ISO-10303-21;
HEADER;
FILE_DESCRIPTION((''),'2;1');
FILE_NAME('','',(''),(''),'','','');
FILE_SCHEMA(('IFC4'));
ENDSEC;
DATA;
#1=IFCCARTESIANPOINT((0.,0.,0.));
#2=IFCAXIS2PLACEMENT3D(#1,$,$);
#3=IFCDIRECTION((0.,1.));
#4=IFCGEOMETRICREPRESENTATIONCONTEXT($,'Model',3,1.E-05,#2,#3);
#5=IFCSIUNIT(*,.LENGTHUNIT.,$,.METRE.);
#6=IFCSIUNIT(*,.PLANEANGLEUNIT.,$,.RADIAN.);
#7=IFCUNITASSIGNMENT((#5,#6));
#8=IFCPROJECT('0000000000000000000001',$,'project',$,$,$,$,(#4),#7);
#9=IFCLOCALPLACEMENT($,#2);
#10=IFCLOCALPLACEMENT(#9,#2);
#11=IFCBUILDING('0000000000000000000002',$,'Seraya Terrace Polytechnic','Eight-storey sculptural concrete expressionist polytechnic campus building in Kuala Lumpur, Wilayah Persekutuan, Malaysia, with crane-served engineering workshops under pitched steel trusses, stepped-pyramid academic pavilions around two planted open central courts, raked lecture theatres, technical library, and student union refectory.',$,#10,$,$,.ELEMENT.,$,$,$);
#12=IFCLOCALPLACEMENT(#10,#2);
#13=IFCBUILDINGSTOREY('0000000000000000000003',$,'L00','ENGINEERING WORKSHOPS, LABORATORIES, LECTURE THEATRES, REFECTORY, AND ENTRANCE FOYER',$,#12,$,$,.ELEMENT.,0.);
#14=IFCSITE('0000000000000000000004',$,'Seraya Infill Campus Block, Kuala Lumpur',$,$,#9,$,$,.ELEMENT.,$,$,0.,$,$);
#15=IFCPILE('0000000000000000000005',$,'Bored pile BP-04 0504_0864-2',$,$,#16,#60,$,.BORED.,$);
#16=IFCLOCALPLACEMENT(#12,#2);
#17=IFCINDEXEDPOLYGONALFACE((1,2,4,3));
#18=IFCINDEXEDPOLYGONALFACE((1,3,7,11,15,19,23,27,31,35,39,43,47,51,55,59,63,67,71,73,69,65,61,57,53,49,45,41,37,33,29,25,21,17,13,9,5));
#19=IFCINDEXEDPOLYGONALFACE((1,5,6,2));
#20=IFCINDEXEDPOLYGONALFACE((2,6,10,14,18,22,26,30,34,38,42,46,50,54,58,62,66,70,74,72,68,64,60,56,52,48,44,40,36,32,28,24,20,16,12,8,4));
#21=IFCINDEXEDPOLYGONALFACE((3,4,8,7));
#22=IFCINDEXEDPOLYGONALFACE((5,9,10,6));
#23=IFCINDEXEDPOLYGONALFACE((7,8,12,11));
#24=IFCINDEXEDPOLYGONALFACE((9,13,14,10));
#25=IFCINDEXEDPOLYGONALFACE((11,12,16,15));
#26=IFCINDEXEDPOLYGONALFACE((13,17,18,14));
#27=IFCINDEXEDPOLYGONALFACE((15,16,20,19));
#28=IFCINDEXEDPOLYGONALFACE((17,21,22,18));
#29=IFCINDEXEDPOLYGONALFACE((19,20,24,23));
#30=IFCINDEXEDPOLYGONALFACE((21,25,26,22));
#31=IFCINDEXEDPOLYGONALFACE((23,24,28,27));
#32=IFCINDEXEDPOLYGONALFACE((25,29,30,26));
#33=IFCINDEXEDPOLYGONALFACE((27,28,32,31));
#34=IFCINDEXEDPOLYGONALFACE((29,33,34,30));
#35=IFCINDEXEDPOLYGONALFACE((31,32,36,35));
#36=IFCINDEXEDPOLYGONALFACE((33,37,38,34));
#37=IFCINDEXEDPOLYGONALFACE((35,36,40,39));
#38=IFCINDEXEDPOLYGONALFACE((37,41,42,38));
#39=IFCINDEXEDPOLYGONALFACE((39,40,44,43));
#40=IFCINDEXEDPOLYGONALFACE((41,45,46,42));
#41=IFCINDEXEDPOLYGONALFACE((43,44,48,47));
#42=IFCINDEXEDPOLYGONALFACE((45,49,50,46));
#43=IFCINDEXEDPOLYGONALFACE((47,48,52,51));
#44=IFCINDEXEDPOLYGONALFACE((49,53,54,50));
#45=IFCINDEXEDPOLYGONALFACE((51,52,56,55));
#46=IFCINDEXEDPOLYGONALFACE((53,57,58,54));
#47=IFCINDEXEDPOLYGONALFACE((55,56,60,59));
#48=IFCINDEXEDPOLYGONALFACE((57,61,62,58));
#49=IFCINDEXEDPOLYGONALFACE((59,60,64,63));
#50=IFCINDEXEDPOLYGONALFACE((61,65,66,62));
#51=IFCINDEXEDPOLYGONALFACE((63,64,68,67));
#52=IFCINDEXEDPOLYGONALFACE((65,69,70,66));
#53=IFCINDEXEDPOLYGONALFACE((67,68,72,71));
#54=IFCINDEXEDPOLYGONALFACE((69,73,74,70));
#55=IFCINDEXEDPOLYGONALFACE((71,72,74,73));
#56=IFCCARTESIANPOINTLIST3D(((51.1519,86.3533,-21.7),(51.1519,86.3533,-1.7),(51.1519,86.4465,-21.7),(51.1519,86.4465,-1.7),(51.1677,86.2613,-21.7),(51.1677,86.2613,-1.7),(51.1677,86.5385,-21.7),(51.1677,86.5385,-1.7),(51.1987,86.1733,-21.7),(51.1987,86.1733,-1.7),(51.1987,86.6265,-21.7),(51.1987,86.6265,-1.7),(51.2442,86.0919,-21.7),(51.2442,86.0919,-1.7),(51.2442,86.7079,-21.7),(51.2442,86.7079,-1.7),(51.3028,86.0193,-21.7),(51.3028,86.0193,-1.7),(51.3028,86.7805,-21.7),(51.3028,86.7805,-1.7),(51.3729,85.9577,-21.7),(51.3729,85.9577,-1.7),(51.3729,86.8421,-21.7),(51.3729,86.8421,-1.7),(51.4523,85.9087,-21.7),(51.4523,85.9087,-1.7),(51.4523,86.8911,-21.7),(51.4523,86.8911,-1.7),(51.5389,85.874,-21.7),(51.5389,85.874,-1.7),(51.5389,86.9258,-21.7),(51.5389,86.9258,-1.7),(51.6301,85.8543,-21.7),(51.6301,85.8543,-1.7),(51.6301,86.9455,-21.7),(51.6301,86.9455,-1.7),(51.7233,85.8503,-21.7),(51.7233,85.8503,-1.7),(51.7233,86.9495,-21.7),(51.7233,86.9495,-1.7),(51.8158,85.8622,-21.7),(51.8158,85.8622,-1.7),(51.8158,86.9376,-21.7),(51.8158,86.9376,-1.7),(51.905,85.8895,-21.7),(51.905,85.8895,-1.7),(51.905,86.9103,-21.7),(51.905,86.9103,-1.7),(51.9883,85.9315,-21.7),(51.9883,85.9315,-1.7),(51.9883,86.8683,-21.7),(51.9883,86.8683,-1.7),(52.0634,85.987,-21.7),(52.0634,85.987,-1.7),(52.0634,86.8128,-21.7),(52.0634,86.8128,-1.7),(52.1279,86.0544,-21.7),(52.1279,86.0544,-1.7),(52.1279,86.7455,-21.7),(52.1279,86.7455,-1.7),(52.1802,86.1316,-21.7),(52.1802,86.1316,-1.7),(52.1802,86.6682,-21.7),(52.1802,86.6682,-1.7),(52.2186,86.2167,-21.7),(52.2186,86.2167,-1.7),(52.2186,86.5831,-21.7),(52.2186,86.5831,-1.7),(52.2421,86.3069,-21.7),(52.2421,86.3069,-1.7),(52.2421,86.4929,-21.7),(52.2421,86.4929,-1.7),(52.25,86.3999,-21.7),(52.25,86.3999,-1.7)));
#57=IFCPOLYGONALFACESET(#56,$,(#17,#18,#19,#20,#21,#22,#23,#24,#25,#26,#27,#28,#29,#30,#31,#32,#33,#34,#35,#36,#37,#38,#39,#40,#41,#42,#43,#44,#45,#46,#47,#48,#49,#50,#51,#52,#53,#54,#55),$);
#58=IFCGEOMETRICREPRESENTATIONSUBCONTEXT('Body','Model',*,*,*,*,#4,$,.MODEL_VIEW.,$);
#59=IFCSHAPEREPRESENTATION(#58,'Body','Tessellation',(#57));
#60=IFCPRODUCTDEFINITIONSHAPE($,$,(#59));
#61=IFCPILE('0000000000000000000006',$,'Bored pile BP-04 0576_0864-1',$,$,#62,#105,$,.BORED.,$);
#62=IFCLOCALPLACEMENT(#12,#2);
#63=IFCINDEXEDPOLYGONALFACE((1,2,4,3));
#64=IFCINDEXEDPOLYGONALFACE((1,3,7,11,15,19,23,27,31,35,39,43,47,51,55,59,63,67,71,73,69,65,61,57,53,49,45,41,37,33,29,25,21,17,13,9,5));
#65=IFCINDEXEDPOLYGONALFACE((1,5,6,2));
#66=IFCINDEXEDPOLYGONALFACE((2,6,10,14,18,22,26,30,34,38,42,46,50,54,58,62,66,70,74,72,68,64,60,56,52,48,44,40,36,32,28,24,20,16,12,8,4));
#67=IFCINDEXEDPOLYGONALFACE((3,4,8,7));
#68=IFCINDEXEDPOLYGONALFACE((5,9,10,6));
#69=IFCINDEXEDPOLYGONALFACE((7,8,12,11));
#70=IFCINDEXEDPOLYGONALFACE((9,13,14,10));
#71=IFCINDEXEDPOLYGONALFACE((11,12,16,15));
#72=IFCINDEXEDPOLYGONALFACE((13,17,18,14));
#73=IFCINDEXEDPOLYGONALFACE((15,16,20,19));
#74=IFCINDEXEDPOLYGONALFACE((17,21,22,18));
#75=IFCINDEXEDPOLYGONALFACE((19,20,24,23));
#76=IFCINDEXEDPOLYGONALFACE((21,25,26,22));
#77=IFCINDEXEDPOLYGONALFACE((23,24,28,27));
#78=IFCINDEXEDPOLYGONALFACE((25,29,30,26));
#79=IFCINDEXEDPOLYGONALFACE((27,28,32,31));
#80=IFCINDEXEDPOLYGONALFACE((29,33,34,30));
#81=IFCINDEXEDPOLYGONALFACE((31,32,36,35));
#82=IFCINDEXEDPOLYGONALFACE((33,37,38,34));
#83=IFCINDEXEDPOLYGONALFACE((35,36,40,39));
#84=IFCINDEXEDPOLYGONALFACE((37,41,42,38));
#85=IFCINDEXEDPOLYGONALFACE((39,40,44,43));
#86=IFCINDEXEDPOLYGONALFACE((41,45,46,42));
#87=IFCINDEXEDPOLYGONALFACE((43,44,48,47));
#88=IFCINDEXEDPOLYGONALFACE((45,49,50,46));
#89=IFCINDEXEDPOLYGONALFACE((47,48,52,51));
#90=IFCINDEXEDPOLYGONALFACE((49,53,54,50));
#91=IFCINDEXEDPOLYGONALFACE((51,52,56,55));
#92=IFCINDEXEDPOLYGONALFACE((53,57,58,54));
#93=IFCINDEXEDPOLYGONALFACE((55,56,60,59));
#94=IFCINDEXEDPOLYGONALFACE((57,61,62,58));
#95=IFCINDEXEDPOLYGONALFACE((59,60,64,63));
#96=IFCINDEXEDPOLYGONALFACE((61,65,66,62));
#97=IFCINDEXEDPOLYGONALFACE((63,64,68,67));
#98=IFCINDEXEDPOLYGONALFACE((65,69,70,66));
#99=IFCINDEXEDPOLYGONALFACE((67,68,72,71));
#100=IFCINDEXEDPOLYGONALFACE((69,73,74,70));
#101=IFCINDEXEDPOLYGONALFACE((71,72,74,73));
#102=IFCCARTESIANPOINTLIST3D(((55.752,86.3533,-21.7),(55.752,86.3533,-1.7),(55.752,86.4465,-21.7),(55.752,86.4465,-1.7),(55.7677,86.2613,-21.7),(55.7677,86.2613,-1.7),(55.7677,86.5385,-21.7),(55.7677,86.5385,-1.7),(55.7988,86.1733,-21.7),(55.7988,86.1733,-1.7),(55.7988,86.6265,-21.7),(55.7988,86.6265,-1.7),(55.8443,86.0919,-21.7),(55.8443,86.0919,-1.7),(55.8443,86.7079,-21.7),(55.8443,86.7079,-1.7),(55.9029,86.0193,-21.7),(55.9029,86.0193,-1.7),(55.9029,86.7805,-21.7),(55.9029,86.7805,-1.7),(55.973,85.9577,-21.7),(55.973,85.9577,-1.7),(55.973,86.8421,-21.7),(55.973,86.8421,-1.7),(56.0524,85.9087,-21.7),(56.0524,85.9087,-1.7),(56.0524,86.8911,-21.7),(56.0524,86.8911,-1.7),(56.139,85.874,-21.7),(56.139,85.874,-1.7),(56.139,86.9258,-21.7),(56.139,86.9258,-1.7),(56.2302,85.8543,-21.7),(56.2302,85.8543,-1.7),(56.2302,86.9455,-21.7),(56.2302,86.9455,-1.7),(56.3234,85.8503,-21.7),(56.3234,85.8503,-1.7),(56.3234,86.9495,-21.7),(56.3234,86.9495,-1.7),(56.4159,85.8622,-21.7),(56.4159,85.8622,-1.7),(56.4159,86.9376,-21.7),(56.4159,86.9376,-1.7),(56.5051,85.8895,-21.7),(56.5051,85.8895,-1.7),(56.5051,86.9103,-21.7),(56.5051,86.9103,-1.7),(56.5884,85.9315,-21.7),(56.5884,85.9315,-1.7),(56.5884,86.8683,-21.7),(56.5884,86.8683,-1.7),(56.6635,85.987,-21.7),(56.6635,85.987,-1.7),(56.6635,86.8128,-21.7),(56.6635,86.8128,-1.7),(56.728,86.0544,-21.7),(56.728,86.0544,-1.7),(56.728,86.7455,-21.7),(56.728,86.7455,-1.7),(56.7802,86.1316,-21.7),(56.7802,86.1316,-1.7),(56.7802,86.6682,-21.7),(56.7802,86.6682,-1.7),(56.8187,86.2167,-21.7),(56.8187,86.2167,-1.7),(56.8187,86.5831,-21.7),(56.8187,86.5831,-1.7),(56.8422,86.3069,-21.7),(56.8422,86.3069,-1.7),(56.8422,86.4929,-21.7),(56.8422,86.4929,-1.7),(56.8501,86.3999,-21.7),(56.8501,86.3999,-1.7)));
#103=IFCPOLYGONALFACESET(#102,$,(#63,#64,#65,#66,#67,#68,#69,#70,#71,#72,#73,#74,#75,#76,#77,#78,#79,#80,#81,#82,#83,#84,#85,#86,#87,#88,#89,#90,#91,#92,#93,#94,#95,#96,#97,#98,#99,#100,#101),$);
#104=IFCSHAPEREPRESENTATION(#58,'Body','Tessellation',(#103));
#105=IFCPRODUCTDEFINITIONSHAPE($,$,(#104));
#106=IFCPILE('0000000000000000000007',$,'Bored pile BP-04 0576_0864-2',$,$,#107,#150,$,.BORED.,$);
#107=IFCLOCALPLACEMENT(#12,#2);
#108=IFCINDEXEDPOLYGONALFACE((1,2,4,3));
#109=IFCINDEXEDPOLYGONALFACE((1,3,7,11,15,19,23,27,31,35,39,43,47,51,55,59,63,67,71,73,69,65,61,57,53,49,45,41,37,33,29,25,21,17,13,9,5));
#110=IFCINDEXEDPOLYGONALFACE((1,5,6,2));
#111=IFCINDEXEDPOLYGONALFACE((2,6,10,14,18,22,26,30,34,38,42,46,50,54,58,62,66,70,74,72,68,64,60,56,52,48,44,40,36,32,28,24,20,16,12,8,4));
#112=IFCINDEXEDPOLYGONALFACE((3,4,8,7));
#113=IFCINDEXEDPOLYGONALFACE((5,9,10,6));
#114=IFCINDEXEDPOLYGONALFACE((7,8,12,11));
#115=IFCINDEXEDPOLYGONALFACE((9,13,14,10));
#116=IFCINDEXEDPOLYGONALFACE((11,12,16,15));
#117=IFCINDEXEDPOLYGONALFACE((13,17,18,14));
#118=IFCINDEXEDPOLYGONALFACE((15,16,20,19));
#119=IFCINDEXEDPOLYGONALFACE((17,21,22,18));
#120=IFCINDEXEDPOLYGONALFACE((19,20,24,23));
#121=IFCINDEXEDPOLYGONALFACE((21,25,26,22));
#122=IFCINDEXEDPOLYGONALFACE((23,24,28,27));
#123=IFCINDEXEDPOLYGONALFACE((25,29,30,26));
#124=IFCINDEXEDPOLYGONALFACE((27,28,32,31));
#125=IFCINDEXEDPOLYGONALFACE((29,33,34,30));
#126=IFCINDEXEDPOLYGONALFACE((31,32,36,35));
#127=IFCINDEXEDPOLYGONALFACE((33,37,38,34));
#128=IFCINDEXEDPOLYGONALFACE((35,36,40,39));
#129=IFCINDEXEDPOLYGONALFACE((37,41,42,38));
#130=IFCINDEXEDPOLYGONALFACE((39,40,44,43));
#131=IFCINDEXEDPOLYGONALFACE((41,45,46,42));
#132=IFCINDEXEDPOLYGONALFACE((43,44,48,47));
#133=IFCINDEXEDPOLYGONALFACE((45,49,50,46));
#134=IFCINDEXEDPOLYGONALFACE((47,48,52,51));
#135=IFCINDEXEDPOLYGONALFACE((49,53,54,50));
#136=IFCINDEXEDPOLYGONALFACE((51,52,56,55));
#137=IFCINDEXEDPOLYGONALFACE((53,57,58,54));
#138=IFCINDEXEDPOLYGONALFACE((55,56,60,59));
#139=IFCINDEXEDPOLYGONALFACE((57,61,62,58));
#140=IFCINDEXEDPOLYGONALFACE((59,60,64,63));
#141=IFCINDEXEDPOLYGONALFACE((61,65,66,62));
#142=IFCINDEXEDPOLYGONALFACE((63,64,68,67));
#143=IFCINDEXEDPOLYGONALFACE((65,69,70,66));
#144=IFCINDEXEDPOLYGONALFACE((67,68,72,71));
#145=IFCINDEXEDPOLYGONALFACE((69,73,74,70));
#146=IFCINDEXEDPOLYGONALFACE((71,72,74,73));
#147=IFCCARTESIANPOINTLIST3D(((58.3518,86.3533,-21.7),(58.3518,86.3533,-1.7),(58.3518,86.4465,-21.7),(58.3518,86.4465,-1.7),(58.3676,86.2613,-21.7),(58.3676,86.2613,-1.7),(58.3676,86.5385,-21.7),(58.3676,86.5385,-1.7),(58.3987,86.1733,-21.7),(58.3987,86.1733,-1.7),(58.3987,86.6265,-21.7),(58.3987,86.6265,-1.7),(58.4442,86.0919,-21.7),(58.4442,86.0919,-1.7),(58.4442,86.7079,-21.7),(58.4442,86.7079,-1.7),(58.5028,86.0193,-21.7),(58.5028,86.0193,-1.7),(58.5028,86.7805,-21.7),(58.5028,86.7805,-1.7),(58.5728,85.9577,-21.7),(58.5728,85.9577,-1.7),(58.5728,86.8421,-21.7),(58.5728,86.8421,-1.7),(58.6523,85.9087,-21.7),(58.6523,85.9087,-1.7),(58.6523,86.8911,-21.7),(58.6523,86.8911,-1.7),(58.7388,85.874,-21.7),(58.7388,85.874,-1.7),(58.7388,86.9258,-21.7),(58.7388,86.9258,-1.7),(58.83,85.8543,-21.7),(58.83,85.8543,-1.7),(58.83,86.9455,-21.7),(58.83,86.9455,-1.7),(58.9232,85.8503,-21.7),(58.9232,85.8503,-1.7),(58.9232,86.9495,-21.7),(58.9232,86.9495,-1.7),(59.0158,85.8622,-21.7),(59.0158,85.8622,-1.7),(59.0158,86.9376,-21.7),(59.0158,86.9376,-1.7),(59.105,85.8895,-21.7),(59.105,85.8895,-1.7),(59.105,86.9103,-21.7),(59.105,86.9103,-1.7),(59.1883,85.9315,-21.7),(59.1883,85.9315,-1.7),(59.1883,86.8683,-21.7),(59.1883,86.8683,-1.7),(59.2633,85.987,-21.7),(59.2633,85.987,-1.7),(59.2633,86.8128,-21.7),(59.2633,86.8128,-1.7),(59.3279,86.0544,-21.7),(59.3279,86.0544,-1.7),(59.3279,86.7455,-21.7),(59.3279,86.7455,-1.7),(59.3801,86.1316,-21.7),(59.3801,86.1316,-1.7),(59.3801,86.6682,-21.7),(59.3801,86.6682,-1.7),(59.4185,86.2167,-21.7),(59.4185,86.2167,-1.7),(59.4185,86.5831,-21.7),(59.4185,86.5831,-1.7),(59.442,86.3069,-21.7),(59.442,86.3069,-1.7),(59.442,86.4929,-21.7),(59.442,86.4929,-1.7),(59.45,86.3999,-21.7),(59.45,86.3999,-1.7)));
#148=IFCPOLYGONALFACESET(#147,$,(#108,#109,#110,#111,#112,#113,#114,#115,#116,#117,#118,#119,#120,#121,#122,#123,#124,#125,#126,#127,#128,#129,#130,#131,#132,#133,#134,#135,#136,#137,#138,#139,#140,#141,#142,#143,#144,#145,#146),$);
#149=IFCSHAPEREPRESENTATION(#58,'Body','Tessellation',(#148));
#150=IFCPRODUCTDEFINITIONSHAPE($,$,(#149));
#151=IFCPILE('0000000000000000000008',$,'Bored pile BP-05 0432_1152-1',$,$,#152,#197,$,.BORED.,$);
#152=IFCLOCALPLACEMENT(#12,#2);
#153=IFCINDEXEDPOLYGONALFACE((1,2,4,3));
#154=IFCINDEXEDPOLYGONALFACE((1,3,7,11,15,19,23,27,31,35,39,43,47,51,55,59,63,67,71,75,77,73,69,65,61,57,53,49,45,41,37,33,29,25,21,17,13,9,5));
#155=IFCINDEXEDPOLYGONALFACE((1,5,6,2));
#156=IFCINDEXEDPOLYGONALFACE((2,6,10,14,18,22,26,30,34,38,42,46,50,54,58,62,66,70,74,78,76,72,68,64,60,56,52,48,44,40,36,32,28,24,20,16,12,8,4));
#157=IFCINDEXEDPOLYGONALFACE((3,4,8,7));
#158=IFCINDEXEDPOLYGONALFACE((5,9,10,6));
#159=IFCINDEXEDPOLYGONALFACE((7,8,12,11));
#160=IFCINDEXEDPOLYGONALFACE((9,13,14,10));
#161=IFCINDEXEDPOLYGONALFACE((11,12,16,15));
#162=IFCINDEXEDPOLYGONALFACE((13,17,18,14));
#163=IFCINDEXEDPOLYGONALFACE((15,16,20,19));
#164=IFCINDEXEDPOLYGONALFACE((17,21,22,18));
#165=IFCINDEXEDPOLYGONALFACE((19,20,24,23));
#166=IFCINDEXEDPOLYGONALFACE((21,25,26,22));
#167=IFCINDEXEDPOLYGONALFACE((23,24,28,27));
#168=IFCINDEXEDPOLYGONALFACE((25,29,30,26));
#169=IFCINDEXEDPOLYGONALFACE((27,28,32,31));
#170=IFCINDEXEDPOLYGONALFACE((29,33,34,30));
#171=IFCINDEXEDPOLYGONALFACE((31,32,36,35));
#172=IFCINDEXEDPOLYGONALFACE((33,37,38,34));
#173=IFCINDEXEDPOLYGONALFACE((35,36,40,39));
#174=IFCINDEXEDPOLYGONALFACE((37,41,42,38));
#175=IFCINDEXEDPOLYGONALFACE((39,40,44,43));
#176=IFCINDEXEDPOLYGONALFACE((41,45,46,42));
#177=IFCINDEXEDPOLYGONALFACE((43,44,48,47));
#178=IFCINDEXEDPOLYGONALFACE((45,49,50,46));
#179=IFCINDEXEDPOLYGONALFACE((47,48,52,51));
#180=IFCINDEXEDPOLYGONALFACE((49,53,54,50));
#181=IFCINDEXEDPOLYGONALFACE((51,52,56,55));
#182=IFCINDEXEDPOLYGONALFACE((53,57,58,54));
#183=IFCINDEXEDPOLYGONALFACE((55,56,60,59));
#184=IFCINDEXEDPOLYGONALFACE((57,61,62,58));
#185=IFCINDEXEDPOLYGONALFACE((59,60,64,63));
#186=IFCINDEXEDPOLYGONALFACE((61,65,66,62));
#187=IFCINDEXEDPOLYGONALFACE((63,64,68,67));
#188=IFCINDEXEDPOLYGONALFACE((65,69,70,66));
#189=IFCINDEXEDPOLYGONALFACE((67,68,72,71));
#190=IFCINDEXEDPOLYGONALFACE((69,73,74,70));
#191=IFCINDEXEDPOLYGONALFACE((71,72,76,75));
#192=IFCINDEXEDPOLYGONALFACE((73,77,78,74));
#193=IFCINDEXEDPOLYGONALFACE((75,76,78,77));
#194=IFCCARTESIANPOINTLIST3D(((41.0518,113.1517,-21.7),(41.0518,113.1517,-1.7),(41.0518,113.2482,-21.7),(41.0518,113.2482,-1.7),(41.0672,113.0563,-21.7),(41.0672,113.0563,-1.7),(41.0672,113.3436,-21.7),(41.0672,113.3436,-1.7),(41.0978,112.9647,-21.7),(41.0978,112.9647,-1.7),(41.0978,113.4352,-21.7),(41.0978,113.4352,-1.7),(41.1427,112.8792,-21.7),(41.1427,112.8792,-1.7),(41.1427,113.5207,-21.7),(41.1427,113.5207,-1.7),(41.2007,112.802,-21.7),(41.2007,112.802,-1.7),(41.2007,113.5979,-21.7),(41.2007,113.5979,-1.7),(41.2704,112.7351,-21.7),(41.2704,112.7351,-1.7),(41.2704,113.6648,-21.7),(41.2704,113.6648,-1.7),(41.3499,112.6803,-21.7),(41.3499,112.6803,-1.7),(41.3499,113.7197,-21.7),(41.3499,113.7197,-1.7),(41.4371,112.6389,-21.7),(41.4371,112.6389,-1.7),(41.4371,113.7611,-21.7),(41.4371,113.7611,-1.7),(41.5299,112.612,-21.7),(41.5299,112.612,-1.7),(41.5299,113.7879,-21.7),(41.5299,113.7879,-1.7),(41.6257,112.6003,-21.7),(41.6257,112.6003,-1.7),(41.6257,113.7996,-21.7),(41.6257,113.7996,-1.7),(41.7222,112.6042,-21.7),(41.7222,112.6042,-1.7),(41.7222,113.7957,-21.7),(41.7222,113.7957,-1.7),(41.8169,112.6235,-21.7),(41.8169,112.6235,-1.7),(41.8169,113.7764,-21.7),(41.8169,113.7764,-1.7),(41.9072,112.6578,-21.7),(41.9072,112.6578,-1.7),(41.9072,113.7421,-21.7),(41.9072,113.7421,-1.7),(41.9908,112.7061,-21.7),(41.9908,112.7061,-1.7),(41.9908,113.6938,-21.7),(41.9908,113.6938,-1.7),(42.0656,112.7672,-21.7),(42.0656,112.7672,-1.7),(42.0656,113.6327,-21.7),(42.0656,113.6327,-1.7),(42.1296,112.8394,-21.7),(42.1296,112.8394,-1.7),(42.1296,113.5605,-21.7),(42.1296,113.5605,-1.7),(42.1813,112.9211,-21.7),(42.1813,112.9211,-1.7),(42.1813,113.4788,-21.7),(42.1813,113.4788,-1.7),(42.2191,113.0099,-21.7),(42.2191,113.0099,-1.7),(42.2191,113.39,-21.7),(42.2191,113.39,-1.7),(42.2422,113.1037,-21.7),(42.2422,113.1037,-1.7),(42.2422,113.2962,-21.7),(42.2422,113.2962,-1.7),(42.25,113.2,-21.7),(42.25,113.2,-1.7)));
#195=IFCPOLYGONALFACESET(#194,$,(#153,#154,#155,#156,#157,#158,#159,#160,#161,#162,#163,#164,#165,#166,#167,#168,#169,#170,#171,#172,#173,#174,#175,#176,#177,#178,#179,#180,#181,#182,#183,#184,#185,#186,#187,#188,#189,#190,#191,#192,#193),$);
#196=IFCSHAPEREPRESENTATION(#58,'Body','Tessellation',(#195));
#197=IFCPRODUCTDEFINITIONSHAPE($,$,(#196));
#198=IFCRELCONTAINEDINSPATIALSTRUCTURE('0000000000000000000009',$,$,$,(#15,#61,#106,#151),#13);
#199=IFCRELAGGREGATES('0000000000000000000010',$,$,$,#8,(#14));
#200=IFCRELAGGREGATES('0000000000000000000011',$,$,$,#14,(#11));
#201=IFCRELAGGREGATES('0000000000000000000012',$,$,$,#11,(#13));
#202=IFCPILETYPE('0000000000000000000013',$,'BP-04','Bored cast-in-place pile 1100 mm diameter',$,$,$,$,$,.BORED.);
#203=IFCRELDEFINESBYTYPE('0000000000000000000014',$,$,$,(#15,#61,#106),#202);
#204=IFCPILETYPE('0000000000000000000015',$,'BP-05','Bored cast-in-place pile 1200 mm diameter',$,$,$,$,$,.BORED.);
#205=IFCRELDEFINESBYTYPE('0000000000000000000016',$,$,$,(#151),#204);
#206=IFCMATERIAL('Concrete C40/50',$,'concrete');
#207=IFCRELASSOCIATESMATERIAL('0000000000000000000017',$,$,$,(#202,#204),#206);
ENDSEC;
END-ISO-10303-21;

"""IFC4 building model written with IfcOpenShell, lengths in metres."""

from ifc_helpers import new_model, si_unit, direction, frame, origin, origin_2d, place, context, subcontext, project, spatial, circle, extrude, material, material_profile, profile_set, type_object, element, save


model = new_model("IFC4")

# Units and contexts
model_context = context("Model", 3, precision=1e-05, world=origin(), true_north=direction((0.0, 1.0)))
body_context = subcontext(model_context, "Body", "Model", "MODEL_VIEW")
ifc_project = project(units=[si_unit("LENGTHUNIT", "METRE"), si_unit("PLANEANGLEUNIT", "RADIAN")], contexts=[model_context])

# Site, building, storey
site_placement = place(None, origin())
site = spatial("IfcSite", under=ifc_project, at=site_placement, Name="Seraya Infill Campus Block, Kuala Lumpur", CompositionType="ELEMENT", RefElevation=0.0)
building_placement = place(site_placement, origin())
building = spatial("IfcBuilding", under=site, at=building_placement, Name="Seraya Terrace Polytechnic", Description="Eight-storey sculptural concrete expressionist polytechnic campus building in Kuala Lumpur, Wilayah Persekutuan, Malaysia, with crane-served engineering workshops under pitched steel trusses, stepped-pyramid academic pavilions around two planted open central courts, raked lecture theatres, technical library, and student union refectory.", CompositionType="ELEMENT")
storey_placement = place(building_placement, origin())
storey = spatial("IfcBuildingStorey", under=building, at=storey_placement, Name="L00", Description="ENGINEERING WORKSHOPS, LABORATORIES, LECTURE THEATRES, REFECTORY, AND ENTRANCE FOYER", CompositionType="ELEMENT", Elevation=0.0)

# Piles
ifc_material = material(Name="Concrete C40/50", Category="concrete")
ifc_material_profile_1 = material_profile(ifc_material, circle(Radius=0.55, at=origin_2d()), Name="DIA 1100")
ifc_profile_set_1 = profile_set([ifc_material_profile_1], Name="Concrete C40/50")
pile_type_1 = type_object("IfcPileType", Name="BP-04", Description="Bored cast-in-place pile 1100 mm diameter", PredefinedType="BORED", material=ifc_profile_set_1)
for number, where, z_axis, x_axis, name in (
    (1, (51.7, 86.3999, -1.7), (0.0, 0.0, -1.0), (1.0, 0.0, 0.0), "Bored pile BP-04 0504_0864-2"),
    (2, (56.3, 86.3999, -1.7), (0.0, 0.0, -1.0), (1.0, 0.0, 0.0), "Bored pile BP-04 0576_0864-1"),
    (3, (58.8999, 86.3999, -1.7), (0.0, 0.0, -1.0), (1.0, 0.0, 0.0), "Bored pile BP-04 0576_0864-2"),
):
    element("IfcPile", number, at=place(storey_placement, frame(where, z_axis=z_axis, x_axis=x_axis)), inside=storey, type_object=pile_type_1, Name=name, PredefinedType="BORED", context=body_context, shape_type="SweptSolid", body=[
        extrude(circle(Radius=0.55, at=origin_2d()), origin(), (0.0, 0.0, 1.0), 20.0),
    ])
ifc_material_profile_2 = material_profile(ifc_material, circle(Radius=0.6001, at=origin_2d()), Name="DIA 1200")
ifc_profile_set_2 = profile_set([ifc_material_profile_2], Name="Concrete C40/50")
pile_type_2 = type_object("IfcPileType", Name="BP-05", Description="Bored cast-in-place pile 1200 mm diameter", PredefinedType="BORED", material=ifc_profile_set_2)
for number, where, z_axis, x_axis, name in (
    (4, (41.6499, 113.2, -1.7), (0.0, 0.0, -1.0), (1.0, 0.0, 0.0), "Bored pile BP-05 0432_1152-1"),
):
    element("IfcPile", number, at=place(storey_placement, frame(where, z_axis=z_axis, x_axis=x_axis)), inside=storey, type_object=pile_type_2, Name=name, PredefinedType="BORED", context=body_context, shape_type="SweptSolid", body=[
        extrude(circle(Radius=0.6001, at=origin_2d()), origin(), (0.0, 0.0, 1.0), 20.0),
    ])

save(model, "model.ifc")
